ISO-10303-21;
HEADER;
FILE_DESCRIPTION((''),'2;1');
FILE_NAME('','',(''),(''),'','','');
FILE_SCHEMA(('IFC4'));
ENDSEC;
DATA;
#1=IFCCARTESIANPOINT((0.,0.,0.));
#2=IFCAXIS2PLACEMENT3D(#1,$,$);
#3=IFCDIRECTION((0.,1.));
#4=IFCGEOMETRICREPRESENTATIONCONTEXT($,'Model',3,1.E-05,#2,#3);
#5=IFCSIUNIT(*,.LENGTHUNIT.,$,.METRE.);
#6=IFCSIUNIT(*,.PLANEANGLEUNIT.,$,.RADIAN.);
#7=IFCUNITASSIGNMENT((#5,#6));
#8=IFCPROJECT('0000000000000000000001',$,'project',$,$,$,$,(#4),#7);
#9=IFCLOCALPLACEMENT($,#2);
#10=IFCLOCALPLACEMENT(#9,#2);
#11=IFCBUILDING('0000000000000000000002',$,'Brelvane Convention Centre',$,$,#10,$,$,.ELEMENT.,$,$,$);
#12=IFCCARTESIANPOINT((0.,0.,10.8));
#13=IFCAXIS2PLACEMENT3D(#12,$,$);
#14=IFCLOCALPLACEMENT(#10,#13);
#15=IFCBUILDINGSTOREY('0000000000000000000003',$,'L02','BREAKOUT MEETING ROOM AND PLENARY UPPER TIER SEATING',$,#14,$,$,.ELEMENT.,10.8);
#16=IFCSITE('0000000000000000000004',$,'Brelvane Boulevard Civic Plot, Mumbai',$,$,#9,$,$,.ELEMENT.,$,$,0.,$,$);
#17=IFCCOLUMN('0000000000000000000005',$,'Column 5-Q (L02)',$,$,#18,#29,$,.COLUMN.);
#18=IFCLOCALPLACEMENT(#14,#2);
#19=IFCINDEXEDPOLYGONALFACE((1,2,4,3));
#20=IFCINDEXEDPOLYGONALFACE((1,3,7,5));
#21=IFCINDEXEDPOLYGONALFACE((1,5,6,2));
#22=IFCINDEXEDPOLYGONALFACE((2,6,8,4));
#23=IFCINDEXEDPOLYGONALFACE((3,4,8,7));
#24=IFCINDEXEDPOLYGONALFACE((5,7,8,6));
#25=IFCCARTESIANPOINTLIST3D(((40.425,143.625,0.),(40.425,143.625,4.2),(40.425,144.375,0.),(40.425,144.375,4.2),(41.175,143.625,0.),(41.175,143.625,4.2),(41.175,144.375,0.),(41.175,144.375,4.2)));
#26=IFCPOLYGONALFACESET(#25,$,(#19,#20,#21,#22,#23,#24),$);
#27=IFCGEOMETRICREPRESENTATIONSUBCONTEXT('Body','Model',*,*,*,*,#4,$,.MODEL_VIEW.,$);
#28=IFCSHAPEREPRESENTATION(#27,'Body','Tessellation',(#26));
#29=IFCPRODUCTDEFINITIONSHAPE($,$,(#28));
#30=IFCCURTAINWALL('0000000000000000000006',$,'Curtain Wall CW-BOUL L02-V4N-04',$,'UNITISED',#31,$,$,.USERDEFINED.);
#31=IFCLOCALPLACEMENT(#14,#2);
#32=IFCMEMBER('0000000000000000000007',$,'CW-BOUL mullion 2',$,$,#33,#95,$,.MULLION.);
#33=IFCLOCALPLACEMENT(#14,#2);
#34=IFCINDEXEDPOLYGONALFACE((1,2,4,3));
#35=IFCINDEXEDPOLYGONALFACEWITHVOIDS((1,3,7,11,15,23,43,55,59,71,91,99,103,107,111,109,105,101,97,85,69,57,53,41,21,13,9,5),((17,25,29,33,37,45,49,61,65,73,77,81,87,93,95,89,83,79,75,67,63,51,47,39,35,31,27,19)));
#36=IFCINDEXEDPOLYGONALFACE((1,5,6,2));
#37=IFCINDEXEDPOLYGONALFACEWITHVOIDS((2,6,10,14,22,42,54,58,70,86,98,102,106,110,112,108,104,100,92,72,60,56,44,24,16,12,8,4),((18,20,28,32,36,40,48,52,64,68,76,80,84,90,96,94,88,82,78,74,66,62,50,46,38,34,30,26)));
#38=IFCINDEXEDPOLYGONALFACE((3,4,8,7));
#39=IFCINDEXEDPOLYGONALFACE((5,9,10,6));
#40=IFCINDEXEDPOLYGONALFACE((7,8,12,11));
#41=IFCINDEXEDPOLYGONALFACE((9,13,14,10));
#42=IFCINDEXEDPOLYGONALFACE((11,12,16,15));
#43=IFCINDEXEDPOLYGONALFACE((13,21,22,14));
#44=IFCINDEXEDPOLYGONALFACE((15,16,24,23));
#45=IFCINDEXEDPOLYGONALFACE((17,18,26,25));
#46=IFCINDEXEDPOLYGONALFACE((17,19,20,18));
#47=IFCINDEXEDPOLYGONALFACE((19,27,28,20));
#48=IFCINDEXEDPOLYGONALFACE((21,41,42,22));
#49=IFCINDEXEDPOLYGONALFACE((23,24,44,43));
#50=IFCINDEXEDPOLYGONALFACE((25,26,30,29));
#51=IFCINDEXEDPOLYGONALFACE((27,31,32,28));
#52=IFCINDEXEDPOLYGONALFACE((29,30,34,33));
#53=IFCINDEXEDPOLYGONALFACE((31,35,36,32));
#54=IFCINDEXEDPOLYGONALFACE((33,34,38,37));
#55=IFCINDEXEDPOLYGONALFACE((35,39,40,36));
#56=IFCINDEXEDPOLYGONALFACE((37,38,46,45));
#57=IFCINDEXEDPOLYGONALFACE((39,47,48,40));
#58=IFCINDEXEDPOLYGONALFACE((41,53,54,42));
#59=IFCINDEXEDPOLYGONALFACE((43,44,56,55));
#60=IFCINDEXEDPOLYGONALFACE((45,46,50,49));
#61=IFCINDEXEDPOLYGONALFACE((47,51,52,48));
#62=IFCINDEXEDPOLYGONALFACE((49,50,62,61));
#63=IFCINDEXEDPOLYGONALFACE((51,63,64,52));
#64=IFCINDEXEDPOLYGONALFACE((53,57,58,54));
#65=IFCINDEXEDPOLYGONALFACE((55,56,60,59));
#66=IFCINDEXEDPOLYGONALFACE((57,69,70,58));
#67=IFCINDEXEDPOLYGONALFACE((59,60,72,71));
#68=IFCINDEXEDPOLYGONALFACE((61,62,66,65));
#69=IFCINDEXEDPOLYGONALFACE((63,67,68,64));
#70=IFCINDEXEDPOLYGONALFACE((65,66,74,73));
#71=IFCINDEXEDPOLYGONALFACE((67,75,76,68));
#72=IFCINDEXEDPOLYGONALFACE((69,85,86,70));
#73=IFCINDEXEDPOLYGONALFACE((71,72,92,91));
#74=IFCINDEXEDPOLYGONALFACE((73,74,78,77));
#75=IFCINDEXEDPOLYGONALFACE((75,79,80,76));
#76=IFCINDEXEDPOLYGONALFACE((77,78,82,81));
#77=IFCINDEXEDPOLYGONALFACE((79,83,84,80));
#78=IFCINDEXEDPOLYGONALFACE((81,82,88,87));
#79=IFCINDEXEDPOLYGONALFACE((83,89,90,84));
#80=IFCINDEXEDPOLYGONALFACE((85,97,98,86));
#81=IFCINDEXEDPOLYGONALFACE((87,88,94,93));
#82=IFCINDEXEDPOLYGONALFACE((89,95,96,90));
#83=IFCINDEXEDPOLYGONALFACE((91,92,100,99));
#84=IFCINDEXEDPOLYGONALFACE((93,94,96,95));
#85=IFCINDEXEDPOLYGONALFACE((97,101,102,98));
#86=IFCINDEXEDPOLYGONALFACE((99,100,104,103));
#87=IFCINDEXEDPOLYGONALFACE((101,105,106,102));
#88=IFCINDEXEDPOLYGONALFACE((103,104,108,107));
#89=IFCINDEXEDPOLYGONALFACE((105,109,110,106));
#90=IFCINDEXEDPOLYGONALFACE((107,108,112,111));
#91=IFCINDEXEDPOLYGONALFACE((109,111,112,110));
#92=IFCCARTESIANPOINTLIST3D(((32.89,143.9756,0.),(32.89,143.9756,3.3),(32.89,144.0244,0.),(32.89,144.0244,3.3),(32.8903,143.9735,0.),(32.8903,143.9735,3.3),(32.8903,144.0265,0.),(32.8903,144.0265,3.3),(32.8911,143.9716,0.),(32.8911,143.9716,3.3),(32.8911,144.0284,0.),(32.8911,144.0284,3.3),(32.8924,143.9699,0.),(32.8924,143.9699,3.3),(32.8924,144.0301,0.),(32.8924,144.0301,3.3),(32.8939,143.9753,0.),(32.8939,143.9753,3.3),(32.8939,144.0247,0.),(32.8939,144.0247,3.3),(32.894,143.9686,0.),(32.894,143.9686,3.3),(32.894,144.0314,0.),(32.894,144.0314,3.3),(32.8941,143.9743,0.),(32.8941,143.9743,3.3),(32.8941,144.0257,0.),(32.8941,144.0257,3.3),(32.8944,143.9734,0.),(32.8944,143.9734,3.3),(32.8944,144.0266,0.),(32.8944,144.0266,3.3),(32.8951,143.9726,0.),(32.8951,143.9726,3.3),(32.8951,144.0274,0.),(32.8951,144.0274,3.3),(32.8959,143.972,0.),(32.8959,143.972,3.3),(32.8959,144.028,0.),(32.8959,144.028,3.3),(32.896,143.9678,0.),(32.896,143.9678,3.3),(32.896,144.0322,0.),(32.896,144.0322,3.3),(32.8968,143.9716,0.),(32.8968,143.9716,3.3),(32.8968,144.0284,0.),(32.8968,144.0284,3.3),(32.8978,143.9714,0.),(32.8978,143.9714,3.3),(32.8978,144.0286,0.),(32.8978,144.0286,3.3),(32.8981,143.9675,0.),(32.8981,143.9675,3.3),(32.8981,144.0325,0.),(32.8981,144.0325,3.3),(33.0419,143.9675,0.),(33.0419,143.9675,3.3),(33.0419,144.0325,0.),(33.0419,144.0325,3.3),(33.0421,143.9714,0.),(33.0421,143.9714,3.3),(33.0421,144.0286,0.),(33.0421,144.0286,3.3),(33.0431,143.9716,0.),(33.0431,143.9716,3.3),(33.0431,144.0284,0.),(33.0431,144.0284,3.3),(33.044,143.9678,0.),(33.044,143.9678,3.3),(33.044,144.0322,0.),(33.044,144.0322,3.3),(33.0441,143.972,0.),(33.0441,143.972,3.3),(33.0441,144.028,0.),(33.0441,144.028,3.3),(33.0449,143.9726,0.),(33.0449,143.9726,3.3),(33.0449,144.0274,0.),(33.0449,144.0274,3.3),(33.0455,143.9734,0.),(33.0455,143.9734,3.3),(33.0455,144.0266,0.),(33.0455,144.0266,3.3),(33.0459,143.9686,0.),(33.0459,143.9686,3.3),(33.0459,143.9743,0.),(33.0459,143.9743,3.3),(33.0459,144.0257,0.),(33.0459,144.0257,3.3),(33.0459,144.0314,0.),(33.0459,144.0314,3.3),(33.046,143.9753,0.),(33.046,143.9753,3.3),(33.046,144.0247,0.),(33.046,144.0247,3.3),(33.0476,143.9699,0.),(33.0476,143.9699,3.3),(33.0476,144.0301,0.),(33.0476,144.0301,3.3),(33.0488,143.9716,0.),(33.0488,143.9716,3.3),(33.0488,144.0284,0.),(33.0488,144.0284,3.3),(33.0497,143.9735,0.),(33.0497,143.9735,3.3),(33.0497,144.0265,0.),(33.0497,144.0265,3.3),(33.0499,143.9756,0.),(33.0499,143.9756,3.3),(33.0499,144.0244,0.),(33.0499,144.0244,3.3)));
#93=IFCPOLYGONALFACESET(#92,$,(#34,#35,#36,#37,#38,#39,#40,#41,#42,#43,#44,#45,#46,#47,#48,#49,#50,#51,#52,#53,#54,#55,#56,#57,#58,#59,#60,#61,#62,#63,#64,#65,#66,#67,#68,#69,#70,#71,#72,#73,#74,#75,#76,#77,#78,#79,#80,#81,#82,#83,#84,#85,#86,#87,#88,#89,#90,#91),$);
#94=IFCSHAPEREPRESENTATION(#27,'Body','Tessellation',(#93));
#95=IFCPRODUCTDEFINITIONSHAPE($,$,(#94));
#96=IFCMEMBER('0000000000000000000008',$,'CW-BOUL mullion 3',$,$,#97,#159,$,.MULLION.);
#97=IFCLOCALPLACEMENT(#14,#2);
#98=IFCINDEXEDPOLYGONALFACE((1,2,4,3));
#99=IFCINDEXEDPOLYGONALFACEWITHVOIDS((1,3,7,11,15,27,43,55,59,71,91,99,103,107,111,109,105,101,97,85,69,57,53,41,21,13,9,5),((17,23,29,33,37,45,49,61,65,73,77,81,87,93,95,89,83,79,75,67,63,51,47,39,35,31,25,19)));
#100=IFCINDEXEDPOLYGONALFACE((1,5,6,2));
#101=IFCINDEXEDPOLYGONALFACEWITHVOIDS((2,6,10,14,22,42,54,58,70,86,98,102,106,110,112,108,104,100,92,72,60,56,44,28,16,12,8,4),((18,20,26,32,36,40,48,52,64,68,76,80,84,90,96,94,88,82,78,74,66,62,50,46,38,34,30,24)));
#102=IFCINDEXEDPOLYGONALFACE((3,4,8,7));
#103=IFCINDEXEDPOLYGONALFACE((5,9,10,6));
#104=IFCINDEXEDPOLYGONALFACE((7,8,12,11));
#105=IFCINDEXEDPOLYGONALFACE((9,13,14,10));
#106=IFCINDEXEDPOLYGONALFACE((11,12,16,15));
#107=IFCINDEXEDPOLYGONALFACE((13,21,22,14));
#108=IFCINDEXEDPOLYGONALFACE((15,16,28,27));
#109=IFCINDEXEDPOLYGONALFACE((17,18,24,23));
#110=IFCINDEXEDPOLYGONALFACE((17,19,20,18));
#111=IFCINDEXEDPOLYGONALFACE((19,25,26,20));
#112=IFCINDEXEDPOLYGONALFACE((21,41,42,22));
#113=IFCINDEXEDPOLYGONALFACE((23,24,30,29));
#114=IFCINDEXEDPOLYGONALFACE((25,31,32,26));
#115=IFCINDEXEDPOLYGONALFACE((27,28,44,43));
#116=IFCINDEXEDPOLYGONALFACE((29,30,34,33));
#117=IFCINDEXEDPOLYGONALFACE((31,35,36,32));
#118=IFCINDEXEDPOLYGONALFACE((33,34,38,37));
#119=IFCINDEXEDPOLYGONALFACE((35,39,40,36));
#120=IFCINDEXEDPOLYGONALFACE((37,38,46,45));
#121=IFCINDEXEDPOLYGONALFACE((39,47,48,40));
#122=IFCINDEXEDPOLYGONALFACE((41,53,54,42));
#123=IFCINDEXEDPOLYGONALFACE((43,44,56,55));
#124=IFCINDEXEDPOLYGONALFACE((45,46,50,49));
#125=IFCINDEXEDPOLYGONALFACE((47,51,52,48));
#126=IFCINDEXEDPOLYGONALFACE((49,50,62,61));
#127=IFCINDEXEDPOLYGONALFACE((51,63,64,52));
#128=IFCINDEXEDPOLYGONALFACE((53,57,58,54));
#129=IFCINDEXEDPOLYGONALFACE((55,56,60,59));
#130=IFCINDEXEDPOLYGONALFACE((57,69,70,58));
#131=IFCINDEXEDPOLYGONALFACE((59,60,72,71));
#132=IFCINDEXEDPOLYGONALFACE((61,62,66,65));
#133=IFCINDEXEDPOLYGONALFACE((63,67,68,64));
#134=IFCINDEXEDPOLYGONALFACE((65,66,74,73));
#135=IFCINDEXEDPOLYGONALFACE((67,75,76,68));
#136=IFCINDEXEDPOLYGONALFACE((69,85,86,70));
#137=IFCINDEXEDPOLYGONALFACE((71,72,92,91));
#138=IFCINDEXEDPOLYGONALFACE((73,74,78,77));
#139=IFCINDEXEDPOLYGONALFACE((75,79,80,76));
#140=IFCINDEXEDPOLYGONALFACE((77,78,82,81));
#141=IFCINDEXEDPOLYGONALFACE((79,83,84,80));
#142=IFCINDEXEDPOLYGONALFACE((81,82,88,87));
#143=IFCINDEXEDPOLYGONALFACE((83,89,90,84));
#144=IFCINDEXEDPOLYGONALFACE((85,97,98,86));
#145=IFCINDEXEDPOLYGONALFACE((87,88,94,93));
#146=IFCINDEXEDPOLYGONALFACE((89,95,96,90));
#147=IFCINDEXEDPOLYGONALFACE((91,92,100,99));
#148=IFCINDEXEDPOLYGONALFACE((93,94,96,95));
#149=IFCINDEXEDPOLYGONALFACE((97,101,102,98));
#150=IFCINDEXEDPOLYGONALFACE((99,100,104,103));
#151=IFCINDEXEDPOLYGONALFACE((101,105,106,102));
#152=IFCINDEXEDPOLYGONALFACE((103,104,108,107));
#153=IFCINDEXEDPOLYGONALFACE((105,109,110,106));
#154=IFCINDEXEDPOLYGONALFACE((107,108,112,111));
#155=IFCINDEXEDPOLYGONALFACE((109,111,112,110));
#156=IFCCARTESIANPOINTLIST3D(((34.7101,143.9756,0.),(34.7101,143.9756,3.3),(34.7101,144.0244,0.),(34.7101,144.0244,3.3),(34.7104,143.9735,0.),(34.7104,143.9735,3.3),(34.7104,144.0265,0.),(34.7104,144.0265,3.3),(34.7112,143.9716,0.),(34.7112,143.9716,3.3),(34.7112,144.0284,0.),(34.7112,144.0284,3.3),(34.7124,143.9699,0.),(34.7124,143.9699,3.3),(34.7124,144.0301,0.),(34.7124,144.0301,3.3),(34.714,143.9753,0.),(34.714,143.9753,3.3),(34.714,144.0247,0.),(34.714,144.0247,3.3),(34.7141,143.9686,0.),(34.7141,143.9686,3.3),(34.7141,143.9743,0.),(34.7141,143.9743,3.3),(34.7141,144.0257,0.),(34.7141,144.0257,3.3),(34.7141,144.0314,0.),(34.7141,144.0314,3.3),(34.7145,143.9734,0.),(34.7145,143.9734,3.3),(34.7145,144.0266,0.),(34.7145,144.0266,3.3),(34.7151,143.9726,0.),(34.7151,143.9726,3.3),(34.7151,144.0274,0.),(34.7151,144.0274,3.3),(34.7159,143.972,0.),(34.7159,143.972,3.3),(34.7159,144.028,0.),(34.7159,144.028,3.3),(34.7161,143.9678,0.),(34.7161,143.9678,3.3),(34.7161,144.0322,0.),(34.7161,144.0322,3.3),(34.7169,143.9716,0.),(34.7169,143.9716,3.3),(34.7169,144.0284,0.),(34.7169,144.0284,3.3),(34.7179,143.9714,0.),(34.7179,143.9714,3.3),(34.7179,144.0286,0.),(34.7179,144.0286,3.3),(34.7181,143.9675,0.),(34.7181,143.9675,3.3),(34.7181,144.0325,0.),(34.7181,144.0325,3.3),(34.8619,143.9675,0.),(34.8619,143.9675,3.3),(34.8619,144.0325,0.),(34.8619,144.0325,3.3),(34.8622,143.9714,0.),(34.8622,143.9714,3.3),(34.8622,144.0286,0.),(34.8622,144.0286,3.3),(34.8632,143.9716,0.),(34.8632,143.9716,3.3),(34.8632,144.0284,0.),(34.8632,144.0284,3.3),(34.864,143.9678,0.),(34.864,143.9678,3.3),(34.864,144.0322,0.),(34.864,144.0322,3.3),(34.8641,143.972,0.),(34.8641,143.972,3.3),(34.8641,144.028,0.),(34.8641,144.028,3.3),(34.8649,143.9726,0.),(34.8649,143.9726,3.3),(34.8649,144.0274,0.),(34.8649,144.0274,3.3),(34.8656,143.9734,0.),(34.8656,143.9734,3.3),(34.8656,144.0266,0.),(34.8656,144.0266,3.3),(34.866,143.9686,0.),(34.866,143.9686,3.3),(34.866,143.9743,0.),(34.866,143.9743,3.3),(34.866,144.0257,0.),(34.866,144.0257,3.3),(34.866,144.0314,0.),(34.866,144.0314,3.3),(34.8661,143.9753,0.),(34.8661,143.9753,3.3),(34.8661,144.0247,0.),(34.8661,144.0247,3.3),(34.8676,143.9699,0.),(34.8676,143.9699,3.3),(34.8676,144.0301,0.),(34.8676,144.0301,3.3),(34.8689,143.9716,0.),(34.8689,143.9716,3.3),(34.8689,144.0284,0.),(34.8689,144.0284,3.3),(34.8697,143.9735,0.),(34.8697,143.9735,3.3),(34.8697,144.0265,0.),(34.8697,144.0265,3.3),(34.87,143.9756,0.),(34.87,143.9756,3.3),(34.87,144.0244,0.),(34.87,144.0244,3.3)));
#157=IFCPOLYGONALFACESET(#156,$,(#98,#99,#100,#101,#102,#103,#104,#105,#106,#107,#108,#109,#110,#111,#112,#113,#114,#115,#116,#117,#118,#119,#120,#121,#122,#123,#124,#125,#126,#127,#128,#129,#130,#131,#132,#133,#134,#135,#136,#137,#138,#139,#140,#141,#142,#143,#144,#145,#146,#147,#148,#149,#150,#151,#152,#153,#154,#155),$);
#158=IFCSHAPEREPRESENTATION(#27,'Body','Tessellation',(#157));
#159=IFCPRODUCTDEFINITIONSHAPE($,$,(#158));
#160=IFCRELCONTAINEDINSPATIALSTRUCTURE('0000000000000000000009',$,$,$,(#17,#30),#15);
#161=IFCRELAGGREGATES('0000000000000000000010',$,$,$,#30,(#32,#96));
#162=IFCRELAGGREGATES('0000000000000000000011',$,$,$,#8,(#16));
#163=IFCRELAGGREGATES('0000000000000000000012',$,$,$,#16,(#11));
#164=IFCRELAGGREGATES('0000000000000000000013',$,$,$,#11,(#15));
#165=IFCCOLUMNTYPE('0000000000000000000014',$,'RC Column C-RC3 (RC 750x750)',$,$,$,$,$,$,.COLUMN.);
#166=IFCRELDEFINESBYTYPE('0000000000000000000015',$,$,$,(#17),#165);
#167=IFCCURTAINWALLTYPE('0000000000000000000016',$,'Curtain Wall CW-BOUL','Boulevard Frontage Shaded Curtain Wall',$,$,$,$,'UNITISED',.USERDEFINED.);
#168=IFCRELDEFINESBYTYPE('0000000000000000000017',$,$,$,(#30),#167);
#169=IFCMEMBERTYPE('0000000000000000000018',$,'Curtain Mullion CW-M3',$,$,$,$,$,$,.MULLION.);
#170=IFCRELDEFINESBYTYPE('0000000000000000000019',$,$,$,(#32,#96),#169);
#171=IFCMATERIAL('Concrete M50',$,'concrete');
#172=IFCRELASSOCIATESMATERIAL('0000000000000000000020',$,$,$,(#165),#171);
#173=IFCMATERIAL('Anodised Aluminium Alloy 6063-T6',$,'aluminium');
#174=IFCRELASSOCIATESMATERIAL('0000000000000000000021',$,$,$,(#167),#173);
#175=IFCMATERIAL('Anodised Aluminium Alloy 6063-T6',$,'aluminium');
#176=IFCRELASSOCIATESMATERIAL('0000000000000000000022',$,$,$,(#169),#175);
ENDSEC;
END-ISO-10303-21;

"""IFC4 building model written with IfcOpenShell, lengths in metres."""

from ifc_helpers import new_model, si_unit, direction, frame, origin, origin_2d, place, context, subcontext, project, spatial, rectangle, hollow_rectangle, extrude, material, material_profile, profile_set, type_object, element, aggregate, save


model = new_model("IFC4")

# Units and contexts
model_context = context("Model", 3, precision=1e-05, world=origin(), true_north=direction((0.0, 1.0)))
body_context = subcontext(model_context, "Body", "Model", "MODEL_VIEW")
ifc_project = project(units=[si_unit("LENGTHUNIT", "METRE"), si_unit("PLANEANGLEUNIT", "RADIAN")], contexts=[model_context])

# Site, building, storey
site_placement = place(None, origin())
site = spatial("IfcSite", under=ifc_project, at=site_placement, Name="Brelvane Boulevard Civic Plot, Mumbai", CompositionType="ELEMENT", RefElevation=0.0)
building_placement = place(site_placement, origin())
building = spatial("IfcBuilding", under=site, at=building_placement, Name="Brelvane Convention Centre", CompositionType="ELEMENT")
storey_placement = place(building_placement, frame((0.0, 0.0, 10.8)))
storey = spatial("IfcBuildingStorey", under=building, at=storey_placement, Name="L02", Description="BREAKOUT MEETING ROOM AND PLENARY UPPER TIER SEATING", CompositionType="ELEMENT", Elevation=10.8)

# Column
ifc_material_1 = material(Name="Concrete M50", Category="concrete")
ifc_material_profile_1 = material_profile(ifc_material_1, rectangle(XDim=0.75, YDim=0.75, at=origin_2d()), Name="RC 750x750")
ifc_profile_set_1 = profile_set([ifc_material_profile_1], Name="Concrete M50")
column_type = type_object("IfcColumnType", Name="RC Column C-RC3 (RC 750x750)", PredefinedType="COLUMN", material=ifc_profile_set_1)
column_placement = place(storey_placement, frame((40.8, 144.0, 0.0), z_axis=(0.0, 0.0, 1.0), x_axis=(1.0, 0.0, 0.0)))
element("IfcColumn", 1, at=column_placement, inside=storey, type_object=column_type, Name="Column 5-Q (L02)", PredefinedType="COLUMN", context=body_context, shape_type="SweptSolid", body=[
    extrude(rectangle(XDim=0.75, YDim=0.75, at=origin_2d()), origin(), (0.0, 0.0, 1.0), 4.2),
])

# Curtain wall, members
ifc_material_2 = material(Name="Anodised Aluminium Alloy 6063-T6", Category="aluminium")
curtain_wall_type = type_object("IfcCurtainWallType", Name="Curtain Wall CW-BOUL", Description="Boulevard Frontage Shaded Curtain Wall", ElementType="UNITISED", PredefinedType="USERDEFINED", material=ifc_material_2)
curtain_wall_placement = place(storey_placement, origin())
curtain_wall = element("IfcCurtainWall", 2, at=curtain_wall_placement, inside=storey, type_object=curtain_wall_type, Name="Curtain Wall CW-BOUL L02-V4N-04", ObjectType="UNITISED", PredefinedType="USERDEFINED")
ifc_material_3 = material(Name="Anodised Aluminium Alloy 6063-T6", Category="aluminium")
ifc_material_profile_2 = material_profile(ifc_material_3, hollow_rectangle(XDim=0.0649, YDim=0.1599, WallThickness=0.0039, InnerFilletRadius=0.0039, OuterFilletRadius=0.0081, at=origin_2d()), Name="ALU-M 160x65x4.0")
ifc_profile_set_2 = profile_set([ifc_material_profile_2], Name="Anodised Aluminium Alloy 6063-T6")
member_type_1 = type_object("IfcMemberType", Name="Curtain Mullion CW-M3", PredefinedType="MULLION", material=ifc_profile_set_2)
member_1_placement = place(storey_placement, frame((32.97, 144.0, 0.0), z_axis=(0.0, 0.0, 1.0), x_axis=(0.0, 1.0, 0.0)))
member_1 = element("IfcMember", 3, at=member_1_placement, type_object=member_type_1, Name="CW-BOUL mullion 2", PredefinedType="MULLION", context=body_context, shape_type="SweptSolid", body=[
    extrude(hollow_rectangle(XDim=0.0649, YDim=0.1599, WallThickness=0.0039, InnerFilletRadius=0.0039, OuterFilletRadius=0.0081, at=origin_2d()), origin(), (0.0, 0.0, 1.0), 3.3),
])
member_2_placement = place(storey_placement, frame((34.79, 144.0, 0.0), z_axis=(0.0, 0.0, 1.0), x_axis=(0.0, 1.0, 0.0)))
member_2 = element("IfcMember", 4, at=member_2_placement, type_object=member_type_1, Name="CW-BOUL mullion 3", PredefinedType="MULLION", context=body_context, shape_type="SweptSolid", body=[
    extrude(hollow_rectangle(XDim=0.0649, YDim=0.1599, WallThickness=0.0039, InnerFilletRadius=0.0039, OuterFilletRadius=0.0081, at=origin_2d()), origin(), (0.0, 0.0, 1.0), 3.3),
])

aggregate(curtain_wall, [member_1, member_2])

save(model, "model.ifc")
